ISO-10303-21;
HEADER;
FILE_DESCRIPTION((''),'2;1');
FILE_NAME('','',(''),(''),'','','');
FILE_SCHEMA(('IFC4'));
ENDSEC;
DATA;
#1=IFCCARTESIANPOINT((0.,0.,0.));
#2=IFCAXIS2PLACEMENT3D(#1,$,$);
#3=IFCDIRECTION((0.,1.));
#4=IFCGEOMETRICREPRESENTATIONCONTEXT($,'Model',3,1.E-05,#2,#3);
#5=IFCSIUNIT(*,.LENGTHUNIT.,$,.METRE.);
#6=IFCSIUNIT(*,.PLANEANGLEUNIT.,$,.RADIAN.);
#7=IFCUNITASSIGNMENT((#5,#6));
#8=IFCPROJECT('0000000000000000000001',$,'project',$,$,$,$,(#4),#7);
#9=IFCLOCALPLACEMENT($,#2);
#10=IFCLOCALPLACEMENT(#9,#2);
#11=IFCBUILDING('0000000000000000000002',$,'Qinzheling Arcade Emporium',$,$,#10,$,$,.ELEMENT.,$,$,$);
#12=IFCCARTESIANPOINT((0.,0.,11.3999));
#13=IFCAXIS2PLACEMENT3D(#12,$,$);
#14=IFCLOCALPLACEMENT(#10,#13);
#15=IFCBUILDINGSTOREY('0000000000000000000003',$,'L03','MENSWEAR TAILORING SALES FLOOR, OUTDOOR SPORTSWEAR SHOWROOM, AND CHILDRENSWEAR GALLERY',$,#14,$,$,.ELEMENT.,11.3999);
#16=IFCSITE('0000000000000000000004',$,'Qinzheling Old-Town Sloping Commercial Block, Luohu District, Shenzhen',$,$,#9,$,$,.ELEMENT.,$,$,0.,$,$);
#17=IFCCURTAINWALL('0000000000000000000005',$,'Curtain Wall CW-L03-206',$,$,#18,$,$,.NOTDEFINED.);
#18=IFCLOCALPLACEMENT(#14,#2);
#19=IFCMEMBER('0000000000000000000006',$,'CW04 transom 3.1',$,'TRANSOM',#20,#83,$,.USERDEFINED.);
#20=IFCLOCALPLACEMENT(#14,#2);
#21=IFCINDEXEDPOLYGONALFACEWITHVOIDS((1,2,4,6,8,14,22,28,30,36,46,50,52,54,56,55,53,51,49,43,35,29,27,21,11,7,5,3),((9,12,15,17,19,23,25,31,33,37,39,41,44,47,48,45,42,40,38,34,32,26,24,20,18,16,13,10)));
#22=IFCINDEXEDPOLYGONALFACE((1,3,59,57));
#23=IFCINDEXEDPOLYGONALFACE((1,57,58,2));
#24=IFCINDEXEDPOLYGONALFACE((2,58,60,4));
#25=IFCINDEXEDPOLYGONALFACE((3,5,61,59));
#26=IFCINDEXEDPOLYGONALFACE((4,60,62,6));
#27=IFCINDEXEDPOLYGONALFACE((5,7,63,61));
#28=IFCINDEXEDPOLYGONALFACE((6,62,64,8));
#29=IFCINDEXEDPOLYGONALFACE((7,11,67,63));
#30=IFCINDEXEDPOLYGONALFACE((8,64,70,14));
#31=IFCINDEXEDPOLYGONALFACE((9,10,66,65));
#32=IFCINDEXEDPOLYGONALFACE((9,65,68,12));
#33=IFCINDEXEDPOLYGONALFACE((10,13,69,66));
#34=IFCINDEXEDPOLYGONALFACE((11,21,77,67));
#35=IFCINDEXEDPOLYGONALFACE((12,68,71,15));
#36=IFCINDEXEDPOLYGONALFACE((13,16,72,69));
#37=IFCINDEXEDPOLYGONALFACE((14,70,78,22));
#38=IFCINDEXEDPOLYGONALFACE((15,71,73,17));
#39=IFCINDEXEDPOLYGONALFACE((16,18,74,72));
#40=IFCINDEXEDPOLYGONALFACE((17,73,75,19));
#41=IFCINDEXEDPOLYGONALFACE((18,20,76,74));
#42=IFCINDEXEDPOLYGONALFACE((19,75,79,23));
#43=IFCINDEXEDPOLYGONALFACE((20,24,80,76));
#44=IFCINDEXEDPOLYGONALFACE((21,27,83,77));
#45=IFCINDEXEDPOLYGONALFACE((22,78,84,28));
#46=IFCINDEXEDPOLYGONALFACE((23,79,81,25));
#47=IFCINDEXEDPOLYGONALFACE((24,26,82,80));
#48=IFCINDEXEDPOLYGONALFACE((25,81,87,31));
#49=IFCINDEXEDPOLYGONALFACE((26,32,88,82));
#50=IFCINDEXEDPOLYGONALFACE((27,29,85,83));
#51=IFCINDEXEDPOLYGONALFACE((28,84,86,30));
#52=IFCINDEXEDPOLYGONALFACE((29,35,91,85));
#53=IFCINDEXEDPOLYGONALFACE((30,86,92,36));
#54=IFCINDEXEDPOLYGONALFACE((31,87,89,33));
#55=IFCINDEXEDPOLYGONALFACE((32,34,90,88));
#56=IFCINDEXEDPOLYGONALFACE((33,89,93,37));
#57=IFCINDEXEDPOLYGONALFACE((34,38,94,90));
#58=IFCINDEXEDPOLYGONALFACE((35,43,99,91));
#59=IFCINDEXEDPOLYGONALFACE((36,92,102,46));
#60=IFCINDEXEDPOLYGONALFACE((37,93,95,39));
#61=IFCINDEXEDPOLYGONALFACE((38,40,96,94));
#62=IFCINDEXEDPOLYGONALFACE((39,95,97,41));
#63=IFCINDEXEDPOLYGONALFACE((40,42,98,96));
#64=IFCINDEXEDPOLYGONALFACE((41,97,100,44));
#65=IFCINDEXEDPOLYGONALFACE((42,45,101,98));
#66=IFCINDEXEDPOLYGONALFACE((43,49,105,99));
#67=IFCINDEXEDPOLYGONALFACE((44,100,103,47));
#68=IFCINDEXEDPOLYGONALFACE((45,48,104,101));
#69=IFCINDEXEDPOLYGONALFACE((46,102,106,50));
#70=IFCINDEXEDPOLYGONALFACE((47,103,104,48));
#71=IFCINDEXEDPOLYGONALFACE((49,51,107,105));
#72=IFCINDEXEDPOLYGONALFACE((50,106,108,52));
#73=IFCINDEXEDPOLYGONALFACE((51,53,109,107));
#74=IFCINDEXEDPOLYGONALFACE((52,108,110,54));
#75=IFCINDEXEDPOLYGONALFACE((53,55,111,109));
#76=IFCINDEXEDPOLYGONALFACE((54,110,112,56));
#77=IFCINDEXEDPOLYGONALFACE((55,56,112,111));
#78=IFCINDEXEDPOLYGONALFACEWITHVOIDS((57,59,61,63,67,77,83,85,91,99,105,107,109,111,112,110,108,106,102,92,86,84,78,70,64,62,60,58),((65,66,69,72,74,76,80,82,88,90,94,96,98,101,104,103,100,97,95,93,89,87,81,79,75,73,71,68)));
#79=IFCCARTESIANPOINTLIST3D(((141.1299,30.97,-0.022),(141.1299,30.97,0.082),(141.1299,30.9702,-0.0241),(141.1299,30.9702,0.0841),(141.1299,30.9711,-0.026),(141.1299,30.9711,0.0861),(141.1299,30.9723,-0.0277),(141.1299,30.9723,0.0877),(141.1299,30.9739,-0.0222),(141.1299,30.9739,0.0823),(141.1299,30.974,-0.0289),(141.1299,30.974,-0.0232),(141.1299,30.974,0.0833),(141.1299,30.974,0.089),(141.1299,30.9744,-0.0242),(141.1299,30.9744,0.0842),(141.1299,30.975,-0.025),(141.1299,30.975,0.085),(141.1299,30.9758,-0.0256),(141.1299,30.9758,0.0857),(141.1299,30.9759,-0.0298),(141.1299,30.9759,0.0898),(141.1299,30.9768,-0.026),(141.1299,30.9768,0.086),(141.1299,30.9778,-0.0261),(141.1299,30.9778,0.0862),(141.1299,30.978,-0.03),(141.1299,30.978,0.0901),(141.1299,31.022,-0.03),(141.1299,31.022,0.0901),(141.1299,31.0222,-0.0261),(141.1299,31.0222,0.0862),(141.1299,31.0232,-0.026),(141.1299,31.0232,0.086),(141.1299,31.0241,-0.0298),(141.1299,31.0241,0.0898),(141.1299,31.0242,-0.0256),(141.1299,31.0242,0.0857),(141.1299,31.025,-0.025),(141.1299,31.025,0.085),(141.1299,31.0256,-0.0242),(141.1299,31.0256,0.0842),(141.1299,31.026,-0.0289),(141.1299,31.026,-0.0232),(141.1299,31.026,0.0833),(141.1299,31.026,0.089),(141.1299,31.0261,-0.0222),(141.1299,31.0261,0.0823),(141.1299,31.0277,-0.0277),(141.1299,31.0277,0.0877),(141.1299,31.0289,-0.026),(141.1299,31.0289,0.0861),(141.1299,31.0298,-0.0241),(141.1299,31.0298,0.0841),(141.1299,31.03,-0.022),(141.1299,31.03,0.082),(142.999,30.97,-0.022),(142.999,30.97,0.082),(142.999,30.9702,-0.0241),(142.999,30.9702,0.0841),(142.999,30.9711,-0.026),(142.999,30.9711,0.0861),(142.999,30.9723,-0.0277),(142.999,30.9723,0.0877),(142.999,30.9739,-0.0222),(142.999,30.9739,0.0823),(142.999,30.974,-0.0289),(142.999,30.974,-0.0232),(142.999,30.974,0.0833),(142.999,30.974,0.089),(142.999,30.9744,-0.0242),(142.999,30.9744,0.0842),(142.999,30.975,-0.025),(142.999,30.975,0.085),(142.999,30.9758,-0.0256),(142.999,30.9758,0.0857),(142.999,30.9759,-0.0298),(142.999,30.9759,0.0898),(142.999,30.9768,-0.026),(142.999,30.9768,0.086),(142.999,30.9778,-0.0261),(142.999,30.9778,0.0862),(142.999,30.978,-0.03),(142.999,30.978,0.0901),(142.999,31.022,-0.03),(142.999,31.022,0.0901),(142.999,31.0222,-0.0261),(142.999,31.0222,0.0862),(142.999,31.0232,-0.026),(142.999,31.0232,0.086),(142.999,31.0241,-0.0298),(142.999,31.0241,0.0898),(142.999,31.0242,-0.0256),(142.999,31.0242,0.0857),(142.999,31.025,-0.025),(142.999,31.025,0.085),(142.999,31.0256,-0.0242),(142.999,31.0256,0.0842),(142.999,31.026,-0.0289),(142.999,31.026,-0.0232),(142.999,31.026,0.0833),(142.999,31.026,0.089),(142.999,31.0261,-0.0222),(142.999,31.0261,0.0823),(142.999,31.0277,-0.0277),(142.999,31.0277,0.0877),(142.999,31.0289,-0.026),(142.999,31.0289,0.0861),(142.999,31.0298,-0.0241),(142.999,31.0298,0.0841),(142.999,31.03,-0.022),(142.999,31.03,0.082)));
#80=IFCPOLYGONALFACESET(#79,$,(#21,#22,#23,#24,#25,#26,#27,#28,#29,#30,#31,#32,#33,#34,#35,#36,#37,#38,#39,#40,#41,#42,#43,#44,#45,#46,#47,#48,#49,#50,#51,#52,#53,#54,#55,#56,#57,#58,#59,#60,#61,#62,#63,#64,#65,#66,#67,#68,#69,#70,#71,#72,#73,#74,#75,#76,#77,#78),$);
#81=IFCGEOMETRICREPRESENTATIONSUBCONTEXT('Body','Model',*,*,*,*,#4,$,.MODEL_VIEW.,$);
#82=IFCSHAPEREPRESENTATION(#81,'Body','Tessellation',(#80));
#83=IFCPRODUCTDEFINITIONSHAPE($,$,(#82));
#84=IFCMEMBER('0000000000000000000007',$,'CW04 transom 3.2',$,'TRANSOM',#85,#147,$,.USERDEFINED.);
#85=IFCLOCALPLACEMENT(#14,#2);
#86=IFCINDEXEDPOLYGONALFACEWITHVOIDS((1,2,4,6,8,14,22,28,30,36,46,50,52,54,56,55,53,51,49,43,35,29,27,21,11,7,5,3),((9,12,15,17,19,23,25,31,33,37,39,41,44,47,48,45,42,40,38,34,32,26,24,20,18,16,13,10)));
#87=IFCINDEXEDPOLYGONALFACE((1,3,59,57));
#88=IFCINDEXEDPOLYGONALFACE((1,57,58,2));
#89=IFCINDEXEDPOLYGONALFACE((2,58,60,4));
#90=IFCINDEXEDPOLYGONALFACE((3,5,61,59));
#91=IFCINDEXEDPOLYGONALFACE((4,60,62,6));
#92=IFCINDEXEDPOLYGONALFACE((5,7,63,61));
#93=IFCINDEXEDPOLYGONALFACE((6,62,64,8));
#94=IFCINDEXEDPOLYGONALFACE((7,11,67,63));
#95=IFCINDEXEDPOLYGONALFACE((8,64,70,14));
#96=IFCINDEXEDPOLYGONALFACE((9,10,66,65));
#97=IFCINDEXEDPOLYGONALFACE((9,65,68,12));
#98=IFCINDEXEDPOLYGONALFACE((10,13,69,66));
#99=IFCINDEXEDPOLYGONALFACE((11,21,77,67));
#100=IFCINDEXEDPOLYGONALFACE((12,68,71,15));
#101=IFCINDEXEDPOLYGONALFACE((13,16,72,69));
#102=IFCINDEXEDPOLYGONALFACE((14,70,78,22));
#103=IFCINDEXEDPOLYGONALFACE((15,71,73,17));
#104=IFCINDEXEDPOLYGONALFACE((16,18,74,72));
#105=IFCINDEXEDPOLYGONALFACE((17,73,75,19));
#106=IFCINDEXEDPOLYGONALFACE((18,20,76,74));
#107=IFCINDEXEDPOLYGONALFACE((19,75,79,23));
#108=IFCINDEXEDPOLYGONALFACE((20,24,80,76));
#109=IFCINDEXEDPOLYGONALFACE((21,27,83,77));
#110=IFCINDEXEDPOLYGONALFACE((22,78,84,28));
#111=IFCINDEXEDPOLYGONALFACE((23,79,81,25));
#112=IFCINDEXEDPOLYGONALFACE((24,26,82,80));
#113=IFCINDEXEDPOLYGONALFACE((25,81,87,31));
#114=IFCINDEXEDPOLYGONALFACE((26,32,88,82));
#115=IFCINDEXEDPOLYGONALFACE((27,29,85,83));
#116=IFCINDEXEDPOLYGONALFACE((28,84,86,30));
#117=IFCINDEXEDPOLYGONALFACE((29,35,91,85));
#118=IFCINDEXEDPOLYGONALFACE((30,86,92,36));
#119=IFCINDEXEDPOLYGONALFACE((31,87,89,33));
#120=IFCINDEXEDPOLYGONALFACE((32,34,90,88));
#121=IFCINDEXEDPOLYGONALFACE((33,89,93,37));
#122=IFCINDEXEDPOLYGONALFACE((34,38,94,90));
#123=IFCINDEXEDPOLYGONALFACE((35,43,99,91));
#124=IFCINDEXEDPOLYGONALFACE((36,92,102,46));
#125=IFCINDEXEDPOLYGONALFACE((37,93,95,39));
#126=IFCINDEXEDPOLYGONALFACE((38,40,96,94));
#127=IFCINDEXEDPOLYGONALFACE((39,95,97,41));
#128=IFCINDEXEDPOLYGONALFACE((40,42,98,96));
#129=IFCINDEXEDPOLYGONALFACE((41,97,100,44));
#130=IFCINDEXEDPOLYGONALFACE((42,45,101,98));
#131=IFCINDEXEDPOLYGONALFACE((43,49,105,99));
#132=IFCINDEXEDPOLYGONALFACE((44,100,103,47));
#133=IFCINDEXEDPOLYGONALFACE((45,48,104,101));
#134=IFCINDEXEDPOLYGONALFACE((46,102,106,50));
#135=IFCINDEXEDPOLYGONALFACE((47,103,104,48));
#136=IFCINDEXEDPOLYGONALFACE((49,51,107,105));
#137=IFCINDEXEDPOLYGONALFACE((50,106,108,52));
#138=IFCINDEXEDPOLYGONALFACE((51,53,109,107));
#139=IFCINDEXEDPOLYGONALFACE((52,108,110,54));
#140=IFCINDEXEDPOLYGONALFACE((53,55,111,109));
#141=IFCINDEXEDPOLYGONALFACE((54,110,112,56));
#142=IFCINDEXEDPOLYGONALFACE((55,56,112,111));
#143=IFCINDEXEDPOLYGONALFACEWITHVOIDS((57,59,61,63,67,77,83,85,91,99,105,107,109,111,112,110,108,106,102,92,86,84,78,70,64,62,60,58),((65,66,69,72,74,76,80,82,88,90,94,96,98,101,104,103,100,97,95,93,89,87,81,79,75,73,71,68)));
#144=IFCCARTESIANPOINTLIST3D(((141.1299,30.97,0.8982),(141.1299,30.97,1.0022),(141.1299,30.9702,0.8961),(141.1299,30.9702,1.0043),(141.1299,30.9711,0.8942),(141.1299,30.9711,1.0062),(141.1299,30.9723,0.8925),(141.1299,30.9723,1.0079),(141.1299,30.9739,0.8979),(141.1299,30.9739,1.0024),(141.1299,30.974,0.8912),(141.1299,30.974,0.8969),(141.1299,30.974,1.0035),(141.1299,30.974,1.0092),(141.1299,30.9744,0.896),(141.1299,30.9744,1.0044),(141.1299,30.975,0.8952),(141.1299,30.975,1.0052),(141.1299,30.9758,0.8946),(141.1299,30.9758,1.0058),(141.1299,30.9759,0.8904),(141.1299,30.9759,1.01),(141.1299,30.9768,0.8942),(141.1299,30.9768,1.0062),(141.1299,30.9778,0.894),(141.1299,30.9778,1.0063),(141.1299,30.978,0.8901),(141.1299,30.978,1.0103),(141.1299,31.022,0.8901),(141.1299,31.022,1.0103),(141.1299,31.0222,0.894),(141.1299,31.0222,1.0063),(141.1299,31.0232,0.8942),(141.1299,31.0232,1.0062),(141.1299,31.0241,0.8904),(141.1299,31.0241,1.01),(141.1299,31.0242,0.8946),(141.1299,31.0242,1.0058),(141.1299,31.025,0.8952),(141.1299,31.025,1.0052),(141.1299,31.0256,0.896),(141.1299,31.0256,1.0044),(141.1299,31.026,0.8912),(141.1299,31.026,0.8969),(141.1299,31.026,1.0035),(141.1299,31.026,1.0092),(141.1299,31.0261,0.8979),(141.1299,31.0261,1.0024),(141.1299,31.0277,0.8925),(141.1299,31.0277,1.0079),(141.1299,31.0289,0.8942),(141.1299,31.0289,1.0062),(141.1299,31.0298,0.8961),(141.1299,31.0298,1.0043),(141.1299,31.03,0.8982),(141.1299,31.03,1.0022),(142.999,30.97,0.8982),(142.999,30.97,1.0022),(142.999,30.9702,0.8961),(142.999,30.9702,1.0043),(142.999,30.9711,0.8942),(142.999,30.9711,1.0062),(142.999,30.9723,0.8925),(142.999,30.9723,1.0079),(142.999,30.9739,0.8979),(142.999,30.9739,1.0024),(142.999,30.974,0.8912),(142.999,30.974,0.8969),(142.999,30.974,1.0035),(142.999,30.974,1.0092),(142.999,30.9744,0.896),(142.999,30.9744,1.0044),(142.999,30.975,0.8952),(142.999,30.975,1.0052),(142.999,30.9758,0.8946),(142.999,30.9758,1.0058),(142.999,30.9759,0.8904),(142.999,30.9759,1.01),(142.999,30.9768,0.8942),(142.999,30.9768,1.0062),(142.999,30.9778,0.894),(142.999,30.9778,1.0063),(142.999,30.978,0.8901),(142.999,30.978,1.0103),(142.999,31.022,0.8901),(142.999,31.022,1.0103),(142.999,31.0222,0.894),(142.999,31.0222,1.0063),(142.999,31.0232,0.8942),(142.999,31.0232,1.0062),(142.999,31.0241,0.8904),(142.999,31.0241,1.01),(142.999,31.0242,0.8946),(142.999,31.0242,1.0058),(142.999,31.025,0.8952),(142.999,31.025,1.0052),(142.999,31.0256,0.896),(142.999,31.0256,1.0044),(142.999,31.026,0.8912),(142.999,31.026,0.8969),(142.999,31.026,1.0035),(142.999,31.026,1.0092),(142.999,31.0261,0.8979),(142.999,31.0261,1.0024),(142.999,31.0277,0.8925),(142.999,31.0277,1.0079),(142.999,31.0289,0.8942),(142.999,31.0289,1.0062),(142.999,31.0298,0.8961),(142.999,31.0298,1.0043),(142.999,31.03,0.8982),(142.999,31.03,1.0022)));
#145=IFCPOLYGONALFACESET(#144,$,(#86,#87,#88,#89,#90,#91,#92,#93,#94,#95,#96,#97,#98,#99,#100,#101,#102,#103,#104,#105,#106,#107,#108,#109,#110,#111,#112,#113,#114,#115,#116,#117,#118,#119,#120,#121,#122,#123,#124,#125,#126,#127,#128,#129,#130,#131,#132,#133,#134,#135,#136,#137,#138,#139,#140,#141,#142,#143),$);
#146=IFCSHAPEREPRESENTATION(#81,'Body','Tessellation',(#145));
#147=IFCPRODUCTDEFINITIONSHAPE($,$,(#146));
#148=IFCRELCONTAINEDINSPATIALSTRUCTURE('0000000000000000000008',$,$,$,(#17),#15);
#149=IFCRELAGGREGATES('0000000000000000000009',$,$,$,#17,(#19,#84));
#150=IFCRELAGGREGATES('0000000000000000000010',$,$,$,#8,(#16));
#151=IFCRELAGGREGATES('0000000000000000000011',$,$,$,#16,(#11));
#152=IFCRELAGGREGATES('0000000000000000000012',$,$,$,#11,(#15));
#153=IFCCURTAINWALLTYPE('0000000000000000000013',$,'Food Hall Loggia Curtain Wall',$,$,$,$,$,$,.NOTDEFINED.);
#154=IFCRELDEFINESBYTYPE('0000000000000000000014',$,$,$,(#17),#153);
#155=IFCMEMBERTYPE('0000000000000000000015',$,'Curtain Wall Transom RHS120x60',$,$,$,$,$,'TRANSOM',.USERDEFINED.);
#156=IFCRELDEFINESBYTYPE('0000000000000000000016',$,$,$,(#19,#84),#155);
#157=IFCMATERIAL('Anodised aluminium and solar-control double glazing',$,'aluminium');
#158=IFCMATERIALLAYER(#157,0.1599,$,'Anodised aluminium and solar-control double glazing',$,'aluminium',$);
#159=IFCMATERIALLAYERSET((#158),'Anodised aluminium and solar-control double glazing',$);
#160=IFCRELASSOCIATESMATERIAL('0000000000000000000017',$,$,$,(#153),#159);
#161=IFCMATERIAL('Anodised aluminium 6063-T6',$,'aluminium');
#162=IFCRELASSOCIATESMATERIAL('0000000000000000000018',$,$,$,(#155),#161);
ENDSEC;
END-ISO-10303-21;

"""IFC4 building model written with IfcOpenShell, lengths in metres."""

from ifc_helpers import new_model, si_unit, direction, frame, origin, origin_2d, place, context, subcontext, project, spatial, hollow_rectangle, extrude, material, layer, layer_set, material_profile, profile_set, type_object, element, aggregate, save


model = new_model("IFC4")

# Units and contexts
model_context = context("Model", 3, precision=1e-05, world=origin(), true_north=direction((0.0, 1.0)))
body_context = subcontext(model_context, "Body", "Model", "MODEL_VIEW")
ifc_project = project(units=[si_unit("LENGTHUNIT", "METRE"), si_unit("PLANEANGLEUNIT", "RADIAN")], contexts=[model_context])

# Site, building, storey
site_placement = place(None, origin())
site = spatial("IfcSite", under=ifc_project, at=site_placement, Name="Qinzheling Old-Town Sloping Commercial Block, Luohu District, Shenzhen", CompositionType="ELEMENT", RefElevation=0.0)
building_placement = place(site_placement, origin())
building = spatial("IfcBuilding", under=site, at=building_placement, Name="Qinzheling Arcade Emporium", CompositionType="ELEMENT")
storey_placement = place(building_placement, frame((0.0, 0.0, 11.3999)))
storey = spatial("IfcBuildingStorey", under=building, at=storey_placement, Name="L03", Description="MENSWEAR TAILORING SALES FLOOR, OUTDOOR SPORTSWEAR SHOWROOM, AND CHILDRENSWEAR GALLERY", CompositionType="ELEMENT", Elevation=11.3999)

# Curtain wall
ifc_material_1 = material(Name="Anodised aluminium and solar-control double glazing", Category="aluminium")
ifc_layer_1 = layer(ifc_material_1, 0.1599, Name="Anodised aluminium and solar-control double glazing", Category="aluminium")
ifc_layer_set_1 = layer_set([ifc_layer_1], Name="Anodised aluminium and solar-control double glazing")
curtain_wall_type = type_object("IfcCurtainWallType", Name="Food Hall Loggia Curtain Wall", PredefinedType="NOTDEFINED", material=ifc_layer_set_1)
curtain_wall_1_placement = place(storey_placement, origin())
curtain_wall_1 = element("IfcCurtainWall", 1, at=curtain_wall_1_placement, inside=storey, type_object=curtain_wall_type, Name="Curtain Wall CW-L03-206", PredefinedType="NOTDEFINED")
ifc_material_2 = material(Name="Anodised aluminium 6063-T6", Category="aluminium")

# Members
ifc_material_profile_1 = material_profile(ifc_material_2, hollow_rectangle(XDim=0.0601, YDim=0.1201, WallThickness=0.0039, InnerFilletRadius=0.0039, OuterFilletRadius=0.0081, at=origin_2d()), Name="RHS 120x60x4", Category="aluminium")
ifc_profile_set_1 = profile_set([ifc_material_profile_1], Name="Anodised aluminium 6063-T6")
member_type_1 = type_object("IfcMemberType", Name="Curtain Wall Transom RHS120x60", ElementType="TRANSOM", PredefinedType="USERDEFINED", material=ifc_profile_set_1)
member_1_placement = place(storey_placement, frame((141.1299, 31.0, 0.03), z_axis=(1.0, 0.0, 0.0), x_axis=(0.0, 1.0, 0.0)))
member_1 = element("IfcMember", 2, at=member_1_placement, type_object=member_type_1, Name="CW04 transom 3.1", ObjectType="TRANSOM", PredefinedType="USERDEFINED", context=body_context, shape_type="SweptSolid", body=[
    extrude(hollow_rectangle(XDim=0.0601, YDim=0.1201, WallThickness=0.0039, InnerFilletRadius=0.0039, OuterFilletRadius=0.0081, at=origin_2d()), origin(), (0.0, 0.0, 1.0), 1.8691),
])
member_2_placement = place(storey_placement, frame((141.1299, 31.0, 0.9502), z_axis=(1.0, 0.0, 0.0), x_axis=(0.0, 1.0, 0.0)))
member_2 = element("IfcMember", 3, at=member_2_placement, type_object=member_type_1, Name="CW04 transom 3.2", ObjectType="TRANSOM", PredefinedType="USERDEFINED", context=body_context, shape_type="SweptSolid", body=[
    extrude(hollow_rectangle(XDim=0.0601, YDim=0.1201, WallThickness=0.0039, InnerFilletRadius=0.0039, OuterFilletRadius=0.0081, at=origin_2d()), origin(), (0.0, 0.0, 1.0), 1.8691),
])

aggregate(curtain_wall_1, [member_1, member_2])

save(model, "model.ifc")
